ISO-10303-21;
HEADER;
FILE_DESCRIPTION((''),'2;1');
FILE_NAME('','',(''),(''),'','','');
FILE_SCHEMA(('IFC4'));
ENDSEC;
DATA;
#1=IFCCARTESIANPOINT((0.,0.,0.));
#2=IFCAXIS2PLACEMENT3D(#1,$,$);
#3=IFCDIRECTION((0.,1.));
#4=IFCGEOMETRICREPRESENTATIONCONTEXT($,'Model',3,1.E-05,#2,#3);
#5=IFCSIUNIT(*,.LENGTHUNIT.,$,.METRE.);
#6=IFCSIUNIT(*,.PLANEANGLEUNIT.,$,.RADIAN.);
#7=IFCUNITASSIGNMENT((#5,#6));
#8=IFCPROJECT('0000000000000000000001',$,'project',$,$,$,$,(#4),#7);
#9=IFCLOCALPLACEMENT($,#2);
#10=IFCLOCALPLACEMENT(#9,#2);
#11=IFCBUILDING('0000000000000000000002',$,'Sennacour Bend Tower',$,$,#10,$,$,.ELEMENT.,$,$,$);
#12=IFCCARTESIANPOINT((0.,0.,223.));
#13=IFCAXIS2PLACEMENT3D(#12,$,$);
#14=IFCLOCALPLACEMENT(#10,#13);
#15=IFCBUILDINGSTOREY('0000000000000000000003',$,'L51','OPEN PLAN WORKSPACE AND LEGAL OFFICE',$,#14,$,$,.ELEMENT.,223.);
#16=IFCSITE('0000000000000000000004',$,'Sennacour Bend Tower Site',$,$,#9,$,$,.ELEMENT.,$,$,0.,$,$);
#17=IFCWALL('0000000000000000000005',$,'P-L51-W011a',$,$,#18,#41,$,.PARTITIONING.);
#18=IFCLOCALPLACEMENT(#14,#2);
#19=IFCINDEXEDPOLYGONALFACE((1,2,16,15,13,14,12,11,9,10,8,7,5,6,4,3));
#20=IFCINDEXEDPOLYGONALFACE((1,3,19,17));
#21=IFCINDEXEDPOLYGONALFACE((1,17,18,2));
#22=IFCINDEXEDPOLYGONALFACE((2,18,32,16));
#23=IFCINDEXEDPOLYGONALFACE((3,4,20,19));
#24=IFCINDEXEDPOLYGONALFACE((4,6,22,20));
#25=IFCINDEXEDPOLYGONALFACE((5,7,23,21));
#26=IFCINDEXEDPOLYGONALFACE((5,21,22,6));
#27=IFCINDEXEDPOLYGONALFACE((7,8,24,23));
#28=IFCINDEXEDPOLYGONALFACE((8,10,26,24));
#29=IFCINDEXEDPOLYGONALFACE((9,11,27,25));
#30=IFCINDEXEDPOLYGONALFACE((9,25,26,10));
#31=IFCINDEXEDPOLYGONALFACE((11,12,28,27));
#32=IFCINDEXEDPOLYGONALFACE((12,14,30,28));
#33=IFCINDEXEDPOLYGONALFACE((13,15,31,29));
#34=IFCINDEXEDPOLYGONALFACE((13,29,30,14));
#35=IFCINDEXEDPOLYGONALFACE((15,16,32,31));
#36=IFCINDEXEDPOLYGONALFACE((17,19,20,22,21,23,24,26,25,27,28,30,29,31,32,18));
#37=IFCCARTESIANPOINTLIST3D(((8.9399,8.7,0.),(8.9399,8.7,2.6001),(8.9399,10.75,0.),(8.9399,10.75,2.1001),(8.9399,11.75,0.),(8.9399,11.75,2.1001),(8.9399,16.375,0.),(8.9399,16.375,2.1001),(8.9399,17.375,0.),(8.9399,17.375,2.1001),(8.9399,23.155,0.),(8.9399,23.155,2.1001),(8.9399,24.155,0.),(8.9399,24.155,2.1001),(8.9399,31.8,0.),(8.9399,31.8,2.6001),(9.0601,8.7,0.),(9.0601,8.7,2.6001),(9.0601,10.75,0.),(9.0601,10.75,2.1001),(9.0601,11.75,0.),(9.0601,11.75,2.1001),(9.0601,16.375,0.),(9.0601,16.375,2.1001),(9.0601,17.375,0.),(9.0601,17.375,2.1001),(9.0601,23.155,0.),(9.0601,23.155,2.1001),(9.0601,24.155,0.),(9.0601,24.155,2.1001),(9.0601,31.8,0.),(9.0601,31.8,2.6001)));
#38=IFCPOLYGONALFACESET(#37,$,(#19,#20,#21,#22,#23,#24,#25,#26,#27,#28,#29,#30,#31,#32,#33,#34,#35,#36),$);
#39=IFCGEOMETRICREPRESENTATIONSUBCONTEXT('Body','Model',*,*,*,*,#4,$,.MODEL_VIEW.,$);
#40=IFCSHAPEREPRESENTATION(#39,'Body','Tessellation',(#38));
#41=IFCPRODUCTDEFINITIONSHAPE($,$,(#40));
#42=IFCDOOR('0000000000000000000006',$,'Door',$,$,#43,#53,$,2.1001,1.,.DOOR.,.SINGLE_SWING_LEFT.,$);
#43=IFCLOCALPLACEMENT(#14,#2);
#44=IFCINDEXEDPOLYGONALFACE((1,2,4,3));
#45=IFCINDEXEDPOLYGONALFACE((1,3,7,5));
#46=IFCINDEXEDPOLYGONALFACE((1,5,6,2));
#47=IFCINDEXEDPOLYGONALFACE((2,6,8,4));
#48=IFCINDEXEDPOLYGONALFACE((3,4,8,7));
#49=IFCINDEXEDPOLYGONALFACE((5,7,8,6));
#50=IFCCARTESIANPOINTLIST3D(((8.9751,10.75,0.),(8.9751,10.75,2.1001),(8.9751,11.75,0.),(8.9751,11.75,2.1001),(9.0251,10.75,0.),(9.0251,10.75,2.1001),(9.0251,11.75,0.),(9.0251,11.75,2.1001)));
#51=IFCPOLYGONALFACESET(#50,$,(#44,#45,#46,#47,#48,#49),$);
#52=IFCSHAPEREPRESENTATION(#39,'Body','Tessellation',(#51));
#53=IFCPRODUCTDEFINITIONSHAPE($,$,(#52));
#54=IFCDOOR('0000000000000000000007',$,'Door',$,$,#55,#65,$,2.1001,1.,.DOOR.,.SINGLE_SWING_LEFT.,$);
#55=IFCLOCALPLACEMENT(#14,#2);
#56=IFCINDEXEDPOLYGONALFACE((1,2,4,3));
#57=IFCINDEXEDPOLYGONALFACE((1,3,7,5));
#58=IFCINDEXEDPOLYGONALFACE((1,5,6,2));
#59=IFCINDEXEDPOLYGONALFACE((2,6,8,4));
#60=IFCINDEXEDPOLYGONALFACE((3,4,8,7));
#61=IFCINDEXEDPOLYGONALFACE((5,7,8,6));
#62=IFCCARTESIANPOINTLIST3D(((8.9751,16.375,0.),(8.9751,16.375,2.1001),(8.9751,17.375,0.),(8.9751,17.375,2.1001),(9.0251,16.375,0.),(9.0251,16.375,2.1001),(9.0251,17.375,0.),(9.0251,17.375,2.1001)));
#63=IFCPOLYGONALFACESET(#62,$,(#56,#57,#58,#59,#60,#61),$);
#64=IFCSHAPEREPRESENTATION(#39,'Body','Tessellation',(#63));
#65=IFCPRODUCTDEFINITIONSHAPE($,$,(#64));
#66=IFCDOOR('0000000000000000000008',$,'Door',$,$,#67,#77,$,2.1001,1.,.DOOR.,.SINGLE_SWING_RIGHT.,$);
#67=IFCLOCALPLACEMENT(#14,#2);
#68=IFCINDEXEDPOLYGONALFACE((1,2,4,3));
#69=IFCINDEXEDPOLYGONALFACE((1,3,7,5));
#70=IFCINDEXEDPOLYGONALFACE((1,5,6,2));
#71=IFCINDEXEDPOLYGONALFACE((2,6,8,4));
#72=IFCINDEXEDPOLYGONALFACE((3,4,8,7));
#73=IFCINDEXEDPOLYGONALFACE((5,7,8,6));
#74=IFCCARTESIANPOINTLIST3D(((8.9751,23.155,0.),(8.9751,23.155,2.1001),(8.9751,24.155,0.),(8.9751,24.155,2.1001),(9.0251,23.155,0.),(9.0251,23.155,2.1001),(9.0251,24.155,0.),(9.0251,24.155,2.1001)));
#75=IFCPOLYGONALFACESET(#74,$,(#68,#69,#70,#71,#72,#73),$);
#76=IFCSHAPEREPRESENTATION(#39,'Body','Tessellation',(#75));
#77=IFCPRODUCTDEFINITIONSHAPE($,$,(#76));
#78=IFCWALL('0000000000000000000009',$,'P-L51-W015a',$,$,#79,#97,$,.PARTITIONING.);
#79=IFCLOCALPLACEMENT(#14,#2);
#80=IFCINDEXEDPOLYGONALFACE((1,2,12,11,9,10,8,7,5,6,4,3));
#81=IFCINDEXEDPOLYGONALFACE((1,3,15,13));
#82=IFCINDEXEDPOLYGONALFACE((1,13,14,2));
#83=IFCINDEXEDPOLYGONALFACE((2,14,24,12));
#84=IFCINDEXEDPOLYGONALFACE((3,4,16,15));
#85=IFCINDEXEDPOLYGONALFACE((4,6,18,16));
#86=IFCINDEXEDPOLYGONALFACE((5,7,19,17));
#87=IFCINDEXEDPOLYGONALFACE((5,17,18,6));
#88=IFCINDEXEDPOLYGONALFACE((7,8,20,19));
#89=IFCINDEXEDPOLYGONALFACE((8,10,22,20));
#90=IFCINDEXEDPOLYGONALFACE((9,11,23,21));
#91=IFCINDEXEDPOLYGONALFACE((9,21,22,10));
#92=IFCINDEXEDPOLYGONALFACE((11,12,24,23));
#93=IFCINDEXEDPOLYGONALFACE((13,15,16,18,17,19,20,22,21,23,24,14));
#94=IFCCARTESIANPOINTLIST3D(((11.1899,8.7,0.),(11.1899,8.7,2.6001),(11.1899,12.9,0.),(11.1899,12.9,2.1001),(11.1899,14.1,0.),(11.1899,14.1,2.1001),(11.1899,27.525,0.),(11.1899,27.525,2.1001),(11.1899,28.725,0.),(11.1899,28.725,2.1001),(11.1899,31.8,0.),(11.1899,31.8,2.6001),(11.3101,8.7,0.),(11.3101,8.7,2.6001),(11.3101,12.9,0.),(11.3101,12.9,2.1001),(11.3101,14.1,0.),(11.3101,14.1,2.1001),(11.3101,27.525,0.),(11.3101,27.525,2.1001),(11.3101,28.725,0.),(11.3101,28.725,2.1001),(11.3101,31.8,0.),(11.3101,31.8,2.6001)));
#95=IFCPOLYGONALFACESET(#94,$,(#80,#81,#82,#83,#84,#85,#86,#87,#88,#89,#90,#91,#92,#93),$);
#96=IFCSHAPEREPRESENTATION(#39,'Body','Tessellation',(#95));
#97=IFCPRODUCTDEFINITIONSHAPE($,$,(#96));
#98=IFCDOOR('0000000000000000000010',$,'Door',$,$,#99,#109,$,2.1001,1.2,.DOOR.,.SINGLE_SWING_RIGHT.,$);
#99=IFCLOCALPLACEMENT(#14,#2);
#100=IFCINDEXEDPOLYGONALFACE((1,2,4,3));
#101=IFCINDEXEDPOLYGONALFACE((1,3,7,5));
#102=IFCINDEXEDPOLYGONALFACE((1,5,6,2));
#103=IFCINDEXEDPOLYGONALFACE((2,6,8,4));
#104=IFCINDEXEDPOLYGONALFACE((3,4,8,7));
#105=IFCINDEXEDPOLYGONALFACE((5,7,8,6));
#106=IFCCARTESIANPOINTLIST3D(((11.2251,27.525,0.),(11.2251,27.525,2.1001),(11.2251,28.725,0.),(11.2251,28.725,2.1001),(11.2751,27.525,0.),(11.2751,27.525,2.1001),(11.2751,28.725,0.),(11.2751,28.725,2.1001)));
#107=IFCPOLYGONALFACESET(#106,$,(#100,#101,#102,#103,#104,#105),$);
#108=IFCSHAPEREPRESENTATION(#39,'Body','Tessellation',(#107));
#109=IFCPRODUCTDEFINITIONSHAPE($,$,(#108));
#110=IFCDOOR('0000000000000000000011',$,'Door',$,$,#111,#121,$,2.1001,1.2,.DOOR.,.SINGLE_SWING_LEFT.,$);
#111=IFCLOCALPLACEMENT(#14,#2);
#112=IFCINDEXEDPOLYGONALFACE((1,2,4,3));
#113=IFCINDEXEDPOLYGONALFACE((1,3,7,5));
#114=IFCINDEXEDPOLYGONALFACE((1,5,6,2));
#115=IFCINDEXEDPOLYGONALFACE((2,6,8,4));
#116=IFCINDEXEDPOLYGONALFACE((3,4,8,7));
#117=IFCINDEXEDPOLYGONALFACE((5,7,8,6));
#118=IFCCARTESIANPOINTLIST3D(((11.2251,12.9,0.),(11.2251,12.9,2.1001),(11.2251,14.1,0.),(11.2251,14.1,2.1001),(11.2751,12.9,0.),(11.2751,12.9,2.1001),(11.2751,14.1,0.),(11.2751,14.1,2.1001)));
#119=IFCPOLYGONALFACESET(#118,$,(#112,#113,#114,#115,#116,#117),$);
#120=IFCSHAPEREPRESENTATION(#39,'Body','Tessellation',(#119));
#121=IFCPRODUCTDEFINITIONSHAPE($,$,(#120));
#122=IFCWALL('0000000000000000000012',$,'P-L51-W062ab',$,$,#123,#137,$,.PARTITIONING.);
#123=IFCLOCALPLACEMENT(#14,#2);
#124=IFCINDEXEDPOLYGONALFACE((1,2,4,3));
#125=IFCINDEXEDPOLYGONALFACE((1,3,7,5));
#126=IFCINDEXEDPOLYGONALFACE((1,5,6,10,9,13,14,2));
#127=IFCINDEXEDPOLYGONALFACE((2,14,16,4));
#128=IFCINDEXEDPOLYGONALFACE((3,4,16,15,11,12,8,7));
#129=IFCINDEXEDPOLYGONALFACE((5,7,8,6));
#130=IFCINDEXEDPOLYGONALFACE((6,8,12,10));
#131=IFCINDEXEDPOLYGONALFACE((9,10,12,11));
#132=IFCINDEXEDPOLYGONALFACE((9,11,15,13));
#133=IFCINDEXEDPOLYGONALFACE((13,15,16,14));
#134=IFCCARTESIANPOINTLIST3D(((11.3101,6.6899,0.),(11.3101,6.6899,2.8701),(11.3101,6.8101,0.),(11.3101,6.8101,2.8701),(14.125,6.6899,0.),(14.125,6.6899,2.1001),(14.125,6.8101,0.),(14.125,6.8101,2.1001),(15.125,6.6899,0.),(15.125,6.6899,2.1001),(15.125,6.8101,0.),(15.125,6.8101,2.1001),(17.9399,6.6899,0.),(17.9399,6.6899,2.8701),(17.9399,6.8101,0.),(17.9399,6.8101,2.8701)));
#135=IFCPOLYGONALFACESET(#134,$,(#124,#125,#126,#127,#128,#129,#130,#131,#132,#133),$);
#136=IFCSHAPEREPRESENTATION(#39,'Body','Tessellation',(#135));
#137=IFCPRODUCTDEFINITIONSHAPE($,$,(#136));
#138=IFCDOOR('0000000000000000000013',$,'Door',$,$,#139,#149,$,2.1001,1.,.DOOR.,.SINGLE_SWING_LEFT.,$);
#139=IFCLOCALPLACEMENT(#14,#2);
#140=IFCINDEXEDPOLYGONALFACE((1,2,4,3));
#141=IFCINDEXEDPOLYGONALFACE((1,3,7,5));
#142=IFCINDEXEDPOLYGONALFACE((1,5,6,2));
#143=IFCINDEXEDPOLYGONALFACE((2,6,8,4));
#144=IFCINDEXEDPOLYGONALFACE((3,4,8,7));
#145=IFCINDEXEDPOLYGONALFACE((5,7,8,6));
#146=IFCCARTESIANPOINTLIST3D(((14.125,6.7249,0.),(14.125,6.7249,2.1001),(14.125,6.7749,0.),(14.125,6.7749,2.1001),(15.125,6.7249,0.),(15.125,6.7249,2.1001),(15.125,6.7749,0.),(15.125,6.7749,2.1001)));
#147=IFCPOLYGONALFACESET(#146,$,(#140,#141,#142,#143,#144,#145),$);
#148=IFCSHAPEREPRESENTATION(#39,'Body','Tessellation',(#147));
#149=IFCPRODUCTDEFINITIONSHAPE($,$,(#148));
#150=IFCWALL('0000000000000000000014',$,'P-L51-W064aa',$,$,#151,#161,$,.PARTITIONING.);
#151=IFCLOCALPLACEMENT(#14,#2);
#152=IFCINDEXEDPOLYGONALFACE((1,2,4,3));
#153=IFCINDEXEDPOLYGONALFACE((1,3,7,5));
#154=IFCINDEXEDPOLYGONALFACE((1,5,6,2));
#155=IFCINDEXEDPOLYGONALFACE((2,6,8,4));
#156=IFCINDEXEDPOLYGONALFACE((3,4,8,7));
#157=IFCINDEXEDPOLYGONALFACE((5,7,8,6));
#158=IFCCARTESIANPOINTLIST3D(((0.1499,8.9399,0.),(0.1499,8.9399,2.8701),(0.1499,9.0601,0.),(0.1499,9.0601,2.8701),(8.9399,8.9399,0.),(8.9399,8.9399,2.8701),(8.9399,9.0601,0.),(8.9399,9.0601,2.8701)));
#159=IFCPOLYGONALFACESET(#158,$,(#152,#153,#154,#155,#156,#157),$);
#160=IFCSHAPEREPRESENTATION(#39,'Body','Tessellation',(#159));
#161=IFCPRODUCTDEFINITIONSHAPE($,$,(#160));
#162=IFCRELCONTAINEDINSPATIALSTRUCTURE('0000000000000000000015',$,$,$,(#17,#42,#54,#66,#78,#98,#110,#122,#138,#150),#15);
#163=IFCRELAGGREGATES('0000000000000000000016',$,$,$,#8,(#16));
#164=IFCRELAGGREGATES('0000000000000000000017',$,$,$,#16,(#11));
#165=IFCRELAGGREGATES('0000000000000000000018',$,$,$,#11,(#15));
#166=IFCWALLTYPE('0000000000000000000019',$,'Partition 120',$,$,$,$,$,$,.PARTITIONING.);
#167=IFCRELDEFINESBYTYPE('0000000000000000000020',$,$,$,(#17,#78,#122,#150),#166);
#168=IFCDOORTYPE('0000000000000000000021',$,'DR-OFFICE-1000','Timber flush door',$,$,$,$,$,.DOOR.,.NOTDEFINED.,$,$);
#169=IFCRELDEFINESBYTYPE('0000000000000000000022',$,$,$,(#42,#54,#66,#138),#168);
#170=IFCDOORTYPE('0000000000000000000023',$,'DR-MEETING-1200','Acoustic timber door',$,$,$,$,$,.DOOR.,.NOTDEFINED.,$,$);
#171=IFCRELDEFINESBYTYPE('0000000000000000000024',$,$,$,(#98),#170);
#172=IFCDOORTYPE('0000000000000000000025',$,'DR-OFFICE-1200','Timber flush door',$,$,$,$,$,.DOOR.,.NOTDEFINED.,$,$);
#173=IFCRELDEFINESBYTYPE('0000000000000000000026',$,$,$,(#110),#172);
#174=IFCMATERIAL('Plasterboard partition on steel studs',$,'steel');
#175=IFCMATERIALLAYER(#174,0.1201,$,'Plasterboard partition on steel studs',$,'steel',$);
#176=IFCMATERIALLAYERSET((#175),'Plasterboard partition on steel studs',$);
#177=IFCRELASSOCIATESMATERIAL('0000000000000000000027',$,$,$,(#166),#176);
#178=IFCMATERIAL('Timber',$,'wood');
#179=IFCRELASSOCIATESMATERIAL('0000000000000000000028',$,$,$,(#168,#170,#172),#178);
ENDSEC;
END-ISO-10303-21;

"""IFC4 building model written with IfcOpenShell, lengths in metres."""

from ifc_helpers import new_model, si_unit, direction, frame, frame_2d, origin, place, context, subcontext, project, spatial, rectangle, extrude, material, layer, layer_set, type_object, element, fill, save


model = new_model("IFC4")

# Units and contexts
model_context = context("Model", 3, precision=1e-05, world=origin(), true_north=direction((0.0, 1.0)))
body_context = subcontext(model_context, "Body", "Model", "MODEL_VIEW")
ifc_project = project(units=[si_unit("LENGTHUNIT", "METRE"), si_unit("PLANEANGLEUNIT", "RADIAN")], contexts=[model_context])

# Site, building, storey
site_placement = place(None, origin())
site = spatial("IfcSite", under=ifc_project, at=site_placement, Name="Sennacour Bend Tower Site", CompositionType="ELEMENT", RefElevation=0.0)
building_placement = place(site_placement, origin())
building = spatial("IfcBuilding", under=site, at=building_placement, Name="Sennacour Bend Tower", CompositionType="ELEMENT")
storey_placement = place(building_placement, frame((0.0, 0.0, 223.0)))
storey = spatial("IfcBuildingStorey", under=building, at=storey_placement, Name="L51", Description="OPEN PLAN WORKSPACE AND LEGAL OFFICE", CompositionType="ELEMENT", Elevation=223.0)

# Walls, openings, doors
ifc_material_1 = material(Name="Plasterboard partition on steel studs", Category="steel")
ifc_layer_1 = layer(ifc_material_1, 0.1201, Name="Plasterboard partition on steel studs", Category="steel")
ifc_layer_set_1 = layer_set([ifc_layer_1], Name="Plasterboard partition on steel studs")
wall_type_1 = type_object("IfcWallType", Name="Partition 120", PredefinedType="PARTITIONING", material=ifc_layer_set_1)
wall_1_placement = place(storey_placement, frame((9.0, 8.7, 0.0), z_axis=(0.0, 0.0, 1.0), x_axis=(0.0, 1.0, 0.0)))
wall_1 = element("IfcWall", 1, at=wall_1_placement, inside=storey, type_object=wall_type_1, Name="P-L51-W011a", PredefinedType="PARTITIONING", context=body_context, shape_type="SweptSolid", body=[
    extrude(rectangle(XDim=23.1001, YDim=0.1201, at=frame_2d((11.55, 0.0))), origin(), (0.0, 0.0, 1.0), 2.6001),
])
opening_1_placement = place(wall_1_placement, frame((2.05, 0.0, 0.0)))
opening_1 = element("IfcOpeningElement", 2, at=opening_1_placement, cuts=wall_1, PredefinedType="OPENING", context=body_context, shape_type="SweptSolid", body=[
    extrude(rectangle(XDim=1.0, YDim=2.1001, at=frame_2d((0.5, 1.05))), frame((0.0, 0.0701, 0.0), z_axis=(0.0, -1.0, 0.0), x_axis=(1.0, 0.0, 0.0)), (0.0, 0.0, 1.0), 0.1401),
])
opening_2_placement = place(wall_1_placement, frame((7.675, 0.0, 0.0)))
opening_2 = element("IfcOpeningElement", 3, at=opening_2_placement, cuts=wall_1, PredefinedType="OPENING", context=body_context, shape_type="SweptSolid", body=[
    extrude(rectangle(XDim=1.0, YDim=2.1001, at=frame_2d((0.5, 1.05))), frame((0.0, 0.0701, 0.0), z_axis=(0.0, -1.0, 0.0), x_axis=(1.0, 0.0, 0.0)), (0.0, 0.0, 1.0), 0.1401),
])
opening_3_placement = place(wall_1_placement, frame((14.4551, 0.0, 0.0)))
opening_3 = element("IfcOpeningElement", 4, at=opening_3_placement, cuts=wall_1, PredefinedType="OPENING", context=body_context, shape_type="SweptSolid", body=[
    extrude(rectangle(XDim=1.0, YDim=2.1001, at=frame_2d((0.5, 1.05))), frame((0.0, 0.0701, 0.0), z_axis=(0.0, -1.0, 0.0), x_axis=(1.0, 0.0, 0.0)), (0.0, 0.0, 1.0), 0.1401),
])
ifc_material_2 = material(Name="Timber", Category="wood")
door_type_1 = type_object("IfcDoorType", Name="DR-OFFICE-1000", Description="Timber flush door", OperationType="NOTDEFINED", PredefinedType="DOOR", material=ifc_material_2)
door_1_placement = place(opening_1_placement, origin())
door_1 = element("IfcDoor", 5, at=door_1_placement, inside=storey, type_object=door_type_1, Name="Door", OperationType="SINGLE_SWING_LEFT", OverallHeight=2.1001, OverallWidth=1.0, PredefinedType="DOOR", context=body_context, shape_type="SweptSolid", body=[
    extrude(rectangle(XDim=1.0, YDim=2.1001, at=frame_2d((0.5, 1.05))), frame((0.0, 0.0249, 0.0), z_axis=(0.0, -1.0, 0.0), x_axis=(1.0, 0.0, 0.0)), (0.0, 0.0, 1.0), 0.05),
])
fill(opening_1, door_1)
door_2_placement = place(opening_2_placement, origin())
door_2 = element("IfcDoor", 6, at=door_2_placement, inside=storey, type_object=door_type_1, Name="Door", OperationType="SINGLE_SWING_LEFT", OverallHeight=2.1001, OverallWidth=1.0, PredefinedType="DOOR", context=body_context, shape_type="SweptSolid", body=[
    extrude(rectangle(XDim=1.0, YDim=2.1001, at=frame_2d((0.5, 1.05))), frame((0.0, 0.0249, 0.0), z_axis=(0.0, -1.0, 0.0), x_axis=(1.0, 0.0, 0.0)), (0.0, 0.0, 1.0), 0.05),
])
fill(opening_2, door_2)
door_3_placement = place(opening_3_placement, origin())
door_3 = element("IfcDoor", 7, at=door_3_placement, inside=storey, type_object=door_type_1, Name="Door", OperationType="SINGLE_SWING_RIGHT", OverallHeight=2.1001, OverallWidth=1.0, PredefinedType="DOOR", context=body_context, shape_type="SweptSolid", body=[
    extrude(rectangle(XDim=1.0, YDim=2.1001, at=frame_2d((0.5, 1.05))), frame((0.0, 0.0249, 0.0), z_axis=(0.0, -1.0, 0.0), x_axis=(1.0, 0.0, 0.0)), (0.0, 0.0, 1.0), 0.05),
])
fill(opening_3, door_3)
wall_2_placement = place(storey_placement, frame((11.25, 8.7, 0.0), z_axis=(0.0, 0.0, 1.0), x_axis=(0.0, 1.0, 0.0)))
wall_2 = element("IfcWall", 8, at=wall_2_placement, inside=storey, type_object=wall_type_1, Name="P-L51-W015a", PredefinedType="PARTITIONING", context=body_context, shape_type="SweptSolid", body=[
    extrude(rectangle(XDim=23.1001, YDim=0.1201, at=frame_2d((11.55, 0.0))), origin(), (0.0, 0.0, 1.0), 2.6001),
])
opening_4_placement = place(wall_2_placement, frame((18.825, 0.0, 0.0)))
opening_4 = element("IfcOpeningElement", 9, at=opening_4_placement, cuts=wall_2, PredefinedType="OPENING", context=body_context, shape_type="SweptSolid", body=[
    extrude(rectangle(XDim=1.2, YDim=2.1001, at=frame_2d((0.6001, 1.05))), frame((0.0, 0.0701, 0.0), z_axis=(0.0, -1.0, 0.0), x_axis=(1.0, 0.0, 0.0)), (0.0, 0.0, 1.0), 0.1401),
])
opening_5_placement = place(wall_2_placement, frame((4.2, 0.0, 0.0)))
opening_5 = element("IfcOpeningElement", 10, at=opening_5_placement, cuts=wall_2, PredefinedType="OPENING", context=body_context, shape_type="SweptSolid", body=[
    extrude(rectangle(XDim=1.2, YDim=2.1001, at=frame_2d((0.6001, 1.05))), frame((0.0, 0.0701, 0.0), z_axis=(0.0, -1.0, 0.0), x_axis=(1.0, 0.0, 0.0)), (0.0, 0.0, 1.0), 0.1401),
])
door_type_2 = type_object("IfcDoorType", Name="DR-MEETING-1200", Description="Acoustic timber door", OperationType="NOTDEFINED", PredefinedType="DOOR", material=ifc_material_2)
door_4_placement = place(opening_4_placement, origin())
door_4 = element("IfcDoor", 11, at=door_4_placement, inside=storey, type_object=door_type_2, Name="Door", OperationType="SINGLE_SWING_RIGHT", OverallHeight=2.1001, OverallWidth=1.2, PredefinedType="DOOR", context=body_context, shape_type="SweptSolid", body=[
    extrude(rectangle(XDim=1.2, YDim=2.1001, at=frame_2d((0.6001, 1.05))), frame((0.0, 0.0249, 0.0), z_axis=(0.0, -1.0, 0.0), x_axis=(1.0, 0.0, 0.0)), (0.0, 0.0, 1.0), 0.05),
])
fill(opening_4, door_4)
door_type_3 = type_object("IfcDoorType", Name="DR-OFFICE-1200", Description="Timber flush door", OperationType="NOTDEFINED", PredefinedType="DOOR", material=ifc_material_2)
door_5_placement = place(opening_5_placement, origin())
door_5 = element("IfcDoor", 12, at=door_5_placement, inside=storey, type_object=door_type_3, Name="Door", OperationType="SINGLE_SWING_LEFT", OverallHeight=2.1001, OverallWidth=1.2, PredefinedType="DOOR", context=body_context, shape_type="SweptSolid", body=[
    extrude(rectangle(XDim=1.2, YDim=2.1001, at=frame_2d((0.6001, 1.05))), frame((0.0, 0.0249, 0.0), z_axis=(0.0, -1.0, 0.0), x_axis=(1.0, 0.0, 0.0)), (0.0, 0.0, 1.0), 0.05),
])
fill(opening_5, door_5)

# Wall, opening, door
wall_3_placement = place(storey_placement, frame((11.3101, 6.75, 0.0), z_axis=(0.0, 0.0, 1.0), x_axis=(1.0, 0.0, 0.0)))
wall_3 = element("IfcWall", 13, at=wall_3_placement, inside=storey, type_object=wall_type_1, Name="P-L51-W062ab", PredefinedType="PARTITIONING", context=body_context, shape_type="SweptSolid", body=[
    extrude(rectangle(XDim=6.6299, YDim=0.1201, at=frame_2d((3.3149, 0.0))), origin(), (0.0, 0.0, 1.0), 2.8701),
])
opening_6_placement = place(wall_3_placement, frame((2.8149, 0.0, 0.0)))
opening_6 = element("IfcOpeningElement", 14, at=opening_6_placement, cuts=wall_3, PredefinedType="OPENING", context=body_context, shape_type="SweptSolid", body=[
    extrude(rectangle(XDim=1.0, YDim=2.1001, at=frame_2d((0.5, 1.05))), frame((0.0, 0.0701, 0.0), z_axis=(0.0, -1.0, 0.0), x_axis=(1.0, 0.0, 0.0)), (0.0, 0.0, 1.0), 0.1401),
])
door_6_placement = place(opening_6_placement, origin())
door_6 = element("IfcDoor", 15, at=door_6_placement, inside=storey, type_object=door_type_1, Name="Door", OperationType="SINGLE_SWING_LEFT", OverallHeight=2.1001, OverallWidth=1.0, PredefinedType="DOOR", context=body_context, shape_type="SweptSolid", body=[
    extrude(rectangle(XDim=1.0, YDim=2.1001, at=frame_2d((0.5, 1.05))), frame((0.0, 0.0249, 0.0), z_axis=(0.0, -1.0, 0.0), x_axis=(1.0, 0.0, 0.0)), (0.0, 0.0, 1.0), 0.05),
])
fill(opening_6, door_6)

# Wall
wall_4_placement = place(storey_placement, frame((0.1499, 9.0, 0.0), z_axis=(0.0, 0.0, 1.0), x_axis=(1.0, 0.0, 0.0)))
element("IfcWall", 16, at=wall_4_placement, inside=storey, type_object=wall_type_1, Name="P-L51-W064aa", PredefinedType="PARTITIONING", context=body_context, shape_type="SweptSolid", body=[
    extrude(rectangle(XDim=8.79, YDim=0.1201, at=frame_2d((4.395, 0.0))), origin(), (0.0, 0.0, 1.0), 2.8701),
])

save(model, "model.ifc")
